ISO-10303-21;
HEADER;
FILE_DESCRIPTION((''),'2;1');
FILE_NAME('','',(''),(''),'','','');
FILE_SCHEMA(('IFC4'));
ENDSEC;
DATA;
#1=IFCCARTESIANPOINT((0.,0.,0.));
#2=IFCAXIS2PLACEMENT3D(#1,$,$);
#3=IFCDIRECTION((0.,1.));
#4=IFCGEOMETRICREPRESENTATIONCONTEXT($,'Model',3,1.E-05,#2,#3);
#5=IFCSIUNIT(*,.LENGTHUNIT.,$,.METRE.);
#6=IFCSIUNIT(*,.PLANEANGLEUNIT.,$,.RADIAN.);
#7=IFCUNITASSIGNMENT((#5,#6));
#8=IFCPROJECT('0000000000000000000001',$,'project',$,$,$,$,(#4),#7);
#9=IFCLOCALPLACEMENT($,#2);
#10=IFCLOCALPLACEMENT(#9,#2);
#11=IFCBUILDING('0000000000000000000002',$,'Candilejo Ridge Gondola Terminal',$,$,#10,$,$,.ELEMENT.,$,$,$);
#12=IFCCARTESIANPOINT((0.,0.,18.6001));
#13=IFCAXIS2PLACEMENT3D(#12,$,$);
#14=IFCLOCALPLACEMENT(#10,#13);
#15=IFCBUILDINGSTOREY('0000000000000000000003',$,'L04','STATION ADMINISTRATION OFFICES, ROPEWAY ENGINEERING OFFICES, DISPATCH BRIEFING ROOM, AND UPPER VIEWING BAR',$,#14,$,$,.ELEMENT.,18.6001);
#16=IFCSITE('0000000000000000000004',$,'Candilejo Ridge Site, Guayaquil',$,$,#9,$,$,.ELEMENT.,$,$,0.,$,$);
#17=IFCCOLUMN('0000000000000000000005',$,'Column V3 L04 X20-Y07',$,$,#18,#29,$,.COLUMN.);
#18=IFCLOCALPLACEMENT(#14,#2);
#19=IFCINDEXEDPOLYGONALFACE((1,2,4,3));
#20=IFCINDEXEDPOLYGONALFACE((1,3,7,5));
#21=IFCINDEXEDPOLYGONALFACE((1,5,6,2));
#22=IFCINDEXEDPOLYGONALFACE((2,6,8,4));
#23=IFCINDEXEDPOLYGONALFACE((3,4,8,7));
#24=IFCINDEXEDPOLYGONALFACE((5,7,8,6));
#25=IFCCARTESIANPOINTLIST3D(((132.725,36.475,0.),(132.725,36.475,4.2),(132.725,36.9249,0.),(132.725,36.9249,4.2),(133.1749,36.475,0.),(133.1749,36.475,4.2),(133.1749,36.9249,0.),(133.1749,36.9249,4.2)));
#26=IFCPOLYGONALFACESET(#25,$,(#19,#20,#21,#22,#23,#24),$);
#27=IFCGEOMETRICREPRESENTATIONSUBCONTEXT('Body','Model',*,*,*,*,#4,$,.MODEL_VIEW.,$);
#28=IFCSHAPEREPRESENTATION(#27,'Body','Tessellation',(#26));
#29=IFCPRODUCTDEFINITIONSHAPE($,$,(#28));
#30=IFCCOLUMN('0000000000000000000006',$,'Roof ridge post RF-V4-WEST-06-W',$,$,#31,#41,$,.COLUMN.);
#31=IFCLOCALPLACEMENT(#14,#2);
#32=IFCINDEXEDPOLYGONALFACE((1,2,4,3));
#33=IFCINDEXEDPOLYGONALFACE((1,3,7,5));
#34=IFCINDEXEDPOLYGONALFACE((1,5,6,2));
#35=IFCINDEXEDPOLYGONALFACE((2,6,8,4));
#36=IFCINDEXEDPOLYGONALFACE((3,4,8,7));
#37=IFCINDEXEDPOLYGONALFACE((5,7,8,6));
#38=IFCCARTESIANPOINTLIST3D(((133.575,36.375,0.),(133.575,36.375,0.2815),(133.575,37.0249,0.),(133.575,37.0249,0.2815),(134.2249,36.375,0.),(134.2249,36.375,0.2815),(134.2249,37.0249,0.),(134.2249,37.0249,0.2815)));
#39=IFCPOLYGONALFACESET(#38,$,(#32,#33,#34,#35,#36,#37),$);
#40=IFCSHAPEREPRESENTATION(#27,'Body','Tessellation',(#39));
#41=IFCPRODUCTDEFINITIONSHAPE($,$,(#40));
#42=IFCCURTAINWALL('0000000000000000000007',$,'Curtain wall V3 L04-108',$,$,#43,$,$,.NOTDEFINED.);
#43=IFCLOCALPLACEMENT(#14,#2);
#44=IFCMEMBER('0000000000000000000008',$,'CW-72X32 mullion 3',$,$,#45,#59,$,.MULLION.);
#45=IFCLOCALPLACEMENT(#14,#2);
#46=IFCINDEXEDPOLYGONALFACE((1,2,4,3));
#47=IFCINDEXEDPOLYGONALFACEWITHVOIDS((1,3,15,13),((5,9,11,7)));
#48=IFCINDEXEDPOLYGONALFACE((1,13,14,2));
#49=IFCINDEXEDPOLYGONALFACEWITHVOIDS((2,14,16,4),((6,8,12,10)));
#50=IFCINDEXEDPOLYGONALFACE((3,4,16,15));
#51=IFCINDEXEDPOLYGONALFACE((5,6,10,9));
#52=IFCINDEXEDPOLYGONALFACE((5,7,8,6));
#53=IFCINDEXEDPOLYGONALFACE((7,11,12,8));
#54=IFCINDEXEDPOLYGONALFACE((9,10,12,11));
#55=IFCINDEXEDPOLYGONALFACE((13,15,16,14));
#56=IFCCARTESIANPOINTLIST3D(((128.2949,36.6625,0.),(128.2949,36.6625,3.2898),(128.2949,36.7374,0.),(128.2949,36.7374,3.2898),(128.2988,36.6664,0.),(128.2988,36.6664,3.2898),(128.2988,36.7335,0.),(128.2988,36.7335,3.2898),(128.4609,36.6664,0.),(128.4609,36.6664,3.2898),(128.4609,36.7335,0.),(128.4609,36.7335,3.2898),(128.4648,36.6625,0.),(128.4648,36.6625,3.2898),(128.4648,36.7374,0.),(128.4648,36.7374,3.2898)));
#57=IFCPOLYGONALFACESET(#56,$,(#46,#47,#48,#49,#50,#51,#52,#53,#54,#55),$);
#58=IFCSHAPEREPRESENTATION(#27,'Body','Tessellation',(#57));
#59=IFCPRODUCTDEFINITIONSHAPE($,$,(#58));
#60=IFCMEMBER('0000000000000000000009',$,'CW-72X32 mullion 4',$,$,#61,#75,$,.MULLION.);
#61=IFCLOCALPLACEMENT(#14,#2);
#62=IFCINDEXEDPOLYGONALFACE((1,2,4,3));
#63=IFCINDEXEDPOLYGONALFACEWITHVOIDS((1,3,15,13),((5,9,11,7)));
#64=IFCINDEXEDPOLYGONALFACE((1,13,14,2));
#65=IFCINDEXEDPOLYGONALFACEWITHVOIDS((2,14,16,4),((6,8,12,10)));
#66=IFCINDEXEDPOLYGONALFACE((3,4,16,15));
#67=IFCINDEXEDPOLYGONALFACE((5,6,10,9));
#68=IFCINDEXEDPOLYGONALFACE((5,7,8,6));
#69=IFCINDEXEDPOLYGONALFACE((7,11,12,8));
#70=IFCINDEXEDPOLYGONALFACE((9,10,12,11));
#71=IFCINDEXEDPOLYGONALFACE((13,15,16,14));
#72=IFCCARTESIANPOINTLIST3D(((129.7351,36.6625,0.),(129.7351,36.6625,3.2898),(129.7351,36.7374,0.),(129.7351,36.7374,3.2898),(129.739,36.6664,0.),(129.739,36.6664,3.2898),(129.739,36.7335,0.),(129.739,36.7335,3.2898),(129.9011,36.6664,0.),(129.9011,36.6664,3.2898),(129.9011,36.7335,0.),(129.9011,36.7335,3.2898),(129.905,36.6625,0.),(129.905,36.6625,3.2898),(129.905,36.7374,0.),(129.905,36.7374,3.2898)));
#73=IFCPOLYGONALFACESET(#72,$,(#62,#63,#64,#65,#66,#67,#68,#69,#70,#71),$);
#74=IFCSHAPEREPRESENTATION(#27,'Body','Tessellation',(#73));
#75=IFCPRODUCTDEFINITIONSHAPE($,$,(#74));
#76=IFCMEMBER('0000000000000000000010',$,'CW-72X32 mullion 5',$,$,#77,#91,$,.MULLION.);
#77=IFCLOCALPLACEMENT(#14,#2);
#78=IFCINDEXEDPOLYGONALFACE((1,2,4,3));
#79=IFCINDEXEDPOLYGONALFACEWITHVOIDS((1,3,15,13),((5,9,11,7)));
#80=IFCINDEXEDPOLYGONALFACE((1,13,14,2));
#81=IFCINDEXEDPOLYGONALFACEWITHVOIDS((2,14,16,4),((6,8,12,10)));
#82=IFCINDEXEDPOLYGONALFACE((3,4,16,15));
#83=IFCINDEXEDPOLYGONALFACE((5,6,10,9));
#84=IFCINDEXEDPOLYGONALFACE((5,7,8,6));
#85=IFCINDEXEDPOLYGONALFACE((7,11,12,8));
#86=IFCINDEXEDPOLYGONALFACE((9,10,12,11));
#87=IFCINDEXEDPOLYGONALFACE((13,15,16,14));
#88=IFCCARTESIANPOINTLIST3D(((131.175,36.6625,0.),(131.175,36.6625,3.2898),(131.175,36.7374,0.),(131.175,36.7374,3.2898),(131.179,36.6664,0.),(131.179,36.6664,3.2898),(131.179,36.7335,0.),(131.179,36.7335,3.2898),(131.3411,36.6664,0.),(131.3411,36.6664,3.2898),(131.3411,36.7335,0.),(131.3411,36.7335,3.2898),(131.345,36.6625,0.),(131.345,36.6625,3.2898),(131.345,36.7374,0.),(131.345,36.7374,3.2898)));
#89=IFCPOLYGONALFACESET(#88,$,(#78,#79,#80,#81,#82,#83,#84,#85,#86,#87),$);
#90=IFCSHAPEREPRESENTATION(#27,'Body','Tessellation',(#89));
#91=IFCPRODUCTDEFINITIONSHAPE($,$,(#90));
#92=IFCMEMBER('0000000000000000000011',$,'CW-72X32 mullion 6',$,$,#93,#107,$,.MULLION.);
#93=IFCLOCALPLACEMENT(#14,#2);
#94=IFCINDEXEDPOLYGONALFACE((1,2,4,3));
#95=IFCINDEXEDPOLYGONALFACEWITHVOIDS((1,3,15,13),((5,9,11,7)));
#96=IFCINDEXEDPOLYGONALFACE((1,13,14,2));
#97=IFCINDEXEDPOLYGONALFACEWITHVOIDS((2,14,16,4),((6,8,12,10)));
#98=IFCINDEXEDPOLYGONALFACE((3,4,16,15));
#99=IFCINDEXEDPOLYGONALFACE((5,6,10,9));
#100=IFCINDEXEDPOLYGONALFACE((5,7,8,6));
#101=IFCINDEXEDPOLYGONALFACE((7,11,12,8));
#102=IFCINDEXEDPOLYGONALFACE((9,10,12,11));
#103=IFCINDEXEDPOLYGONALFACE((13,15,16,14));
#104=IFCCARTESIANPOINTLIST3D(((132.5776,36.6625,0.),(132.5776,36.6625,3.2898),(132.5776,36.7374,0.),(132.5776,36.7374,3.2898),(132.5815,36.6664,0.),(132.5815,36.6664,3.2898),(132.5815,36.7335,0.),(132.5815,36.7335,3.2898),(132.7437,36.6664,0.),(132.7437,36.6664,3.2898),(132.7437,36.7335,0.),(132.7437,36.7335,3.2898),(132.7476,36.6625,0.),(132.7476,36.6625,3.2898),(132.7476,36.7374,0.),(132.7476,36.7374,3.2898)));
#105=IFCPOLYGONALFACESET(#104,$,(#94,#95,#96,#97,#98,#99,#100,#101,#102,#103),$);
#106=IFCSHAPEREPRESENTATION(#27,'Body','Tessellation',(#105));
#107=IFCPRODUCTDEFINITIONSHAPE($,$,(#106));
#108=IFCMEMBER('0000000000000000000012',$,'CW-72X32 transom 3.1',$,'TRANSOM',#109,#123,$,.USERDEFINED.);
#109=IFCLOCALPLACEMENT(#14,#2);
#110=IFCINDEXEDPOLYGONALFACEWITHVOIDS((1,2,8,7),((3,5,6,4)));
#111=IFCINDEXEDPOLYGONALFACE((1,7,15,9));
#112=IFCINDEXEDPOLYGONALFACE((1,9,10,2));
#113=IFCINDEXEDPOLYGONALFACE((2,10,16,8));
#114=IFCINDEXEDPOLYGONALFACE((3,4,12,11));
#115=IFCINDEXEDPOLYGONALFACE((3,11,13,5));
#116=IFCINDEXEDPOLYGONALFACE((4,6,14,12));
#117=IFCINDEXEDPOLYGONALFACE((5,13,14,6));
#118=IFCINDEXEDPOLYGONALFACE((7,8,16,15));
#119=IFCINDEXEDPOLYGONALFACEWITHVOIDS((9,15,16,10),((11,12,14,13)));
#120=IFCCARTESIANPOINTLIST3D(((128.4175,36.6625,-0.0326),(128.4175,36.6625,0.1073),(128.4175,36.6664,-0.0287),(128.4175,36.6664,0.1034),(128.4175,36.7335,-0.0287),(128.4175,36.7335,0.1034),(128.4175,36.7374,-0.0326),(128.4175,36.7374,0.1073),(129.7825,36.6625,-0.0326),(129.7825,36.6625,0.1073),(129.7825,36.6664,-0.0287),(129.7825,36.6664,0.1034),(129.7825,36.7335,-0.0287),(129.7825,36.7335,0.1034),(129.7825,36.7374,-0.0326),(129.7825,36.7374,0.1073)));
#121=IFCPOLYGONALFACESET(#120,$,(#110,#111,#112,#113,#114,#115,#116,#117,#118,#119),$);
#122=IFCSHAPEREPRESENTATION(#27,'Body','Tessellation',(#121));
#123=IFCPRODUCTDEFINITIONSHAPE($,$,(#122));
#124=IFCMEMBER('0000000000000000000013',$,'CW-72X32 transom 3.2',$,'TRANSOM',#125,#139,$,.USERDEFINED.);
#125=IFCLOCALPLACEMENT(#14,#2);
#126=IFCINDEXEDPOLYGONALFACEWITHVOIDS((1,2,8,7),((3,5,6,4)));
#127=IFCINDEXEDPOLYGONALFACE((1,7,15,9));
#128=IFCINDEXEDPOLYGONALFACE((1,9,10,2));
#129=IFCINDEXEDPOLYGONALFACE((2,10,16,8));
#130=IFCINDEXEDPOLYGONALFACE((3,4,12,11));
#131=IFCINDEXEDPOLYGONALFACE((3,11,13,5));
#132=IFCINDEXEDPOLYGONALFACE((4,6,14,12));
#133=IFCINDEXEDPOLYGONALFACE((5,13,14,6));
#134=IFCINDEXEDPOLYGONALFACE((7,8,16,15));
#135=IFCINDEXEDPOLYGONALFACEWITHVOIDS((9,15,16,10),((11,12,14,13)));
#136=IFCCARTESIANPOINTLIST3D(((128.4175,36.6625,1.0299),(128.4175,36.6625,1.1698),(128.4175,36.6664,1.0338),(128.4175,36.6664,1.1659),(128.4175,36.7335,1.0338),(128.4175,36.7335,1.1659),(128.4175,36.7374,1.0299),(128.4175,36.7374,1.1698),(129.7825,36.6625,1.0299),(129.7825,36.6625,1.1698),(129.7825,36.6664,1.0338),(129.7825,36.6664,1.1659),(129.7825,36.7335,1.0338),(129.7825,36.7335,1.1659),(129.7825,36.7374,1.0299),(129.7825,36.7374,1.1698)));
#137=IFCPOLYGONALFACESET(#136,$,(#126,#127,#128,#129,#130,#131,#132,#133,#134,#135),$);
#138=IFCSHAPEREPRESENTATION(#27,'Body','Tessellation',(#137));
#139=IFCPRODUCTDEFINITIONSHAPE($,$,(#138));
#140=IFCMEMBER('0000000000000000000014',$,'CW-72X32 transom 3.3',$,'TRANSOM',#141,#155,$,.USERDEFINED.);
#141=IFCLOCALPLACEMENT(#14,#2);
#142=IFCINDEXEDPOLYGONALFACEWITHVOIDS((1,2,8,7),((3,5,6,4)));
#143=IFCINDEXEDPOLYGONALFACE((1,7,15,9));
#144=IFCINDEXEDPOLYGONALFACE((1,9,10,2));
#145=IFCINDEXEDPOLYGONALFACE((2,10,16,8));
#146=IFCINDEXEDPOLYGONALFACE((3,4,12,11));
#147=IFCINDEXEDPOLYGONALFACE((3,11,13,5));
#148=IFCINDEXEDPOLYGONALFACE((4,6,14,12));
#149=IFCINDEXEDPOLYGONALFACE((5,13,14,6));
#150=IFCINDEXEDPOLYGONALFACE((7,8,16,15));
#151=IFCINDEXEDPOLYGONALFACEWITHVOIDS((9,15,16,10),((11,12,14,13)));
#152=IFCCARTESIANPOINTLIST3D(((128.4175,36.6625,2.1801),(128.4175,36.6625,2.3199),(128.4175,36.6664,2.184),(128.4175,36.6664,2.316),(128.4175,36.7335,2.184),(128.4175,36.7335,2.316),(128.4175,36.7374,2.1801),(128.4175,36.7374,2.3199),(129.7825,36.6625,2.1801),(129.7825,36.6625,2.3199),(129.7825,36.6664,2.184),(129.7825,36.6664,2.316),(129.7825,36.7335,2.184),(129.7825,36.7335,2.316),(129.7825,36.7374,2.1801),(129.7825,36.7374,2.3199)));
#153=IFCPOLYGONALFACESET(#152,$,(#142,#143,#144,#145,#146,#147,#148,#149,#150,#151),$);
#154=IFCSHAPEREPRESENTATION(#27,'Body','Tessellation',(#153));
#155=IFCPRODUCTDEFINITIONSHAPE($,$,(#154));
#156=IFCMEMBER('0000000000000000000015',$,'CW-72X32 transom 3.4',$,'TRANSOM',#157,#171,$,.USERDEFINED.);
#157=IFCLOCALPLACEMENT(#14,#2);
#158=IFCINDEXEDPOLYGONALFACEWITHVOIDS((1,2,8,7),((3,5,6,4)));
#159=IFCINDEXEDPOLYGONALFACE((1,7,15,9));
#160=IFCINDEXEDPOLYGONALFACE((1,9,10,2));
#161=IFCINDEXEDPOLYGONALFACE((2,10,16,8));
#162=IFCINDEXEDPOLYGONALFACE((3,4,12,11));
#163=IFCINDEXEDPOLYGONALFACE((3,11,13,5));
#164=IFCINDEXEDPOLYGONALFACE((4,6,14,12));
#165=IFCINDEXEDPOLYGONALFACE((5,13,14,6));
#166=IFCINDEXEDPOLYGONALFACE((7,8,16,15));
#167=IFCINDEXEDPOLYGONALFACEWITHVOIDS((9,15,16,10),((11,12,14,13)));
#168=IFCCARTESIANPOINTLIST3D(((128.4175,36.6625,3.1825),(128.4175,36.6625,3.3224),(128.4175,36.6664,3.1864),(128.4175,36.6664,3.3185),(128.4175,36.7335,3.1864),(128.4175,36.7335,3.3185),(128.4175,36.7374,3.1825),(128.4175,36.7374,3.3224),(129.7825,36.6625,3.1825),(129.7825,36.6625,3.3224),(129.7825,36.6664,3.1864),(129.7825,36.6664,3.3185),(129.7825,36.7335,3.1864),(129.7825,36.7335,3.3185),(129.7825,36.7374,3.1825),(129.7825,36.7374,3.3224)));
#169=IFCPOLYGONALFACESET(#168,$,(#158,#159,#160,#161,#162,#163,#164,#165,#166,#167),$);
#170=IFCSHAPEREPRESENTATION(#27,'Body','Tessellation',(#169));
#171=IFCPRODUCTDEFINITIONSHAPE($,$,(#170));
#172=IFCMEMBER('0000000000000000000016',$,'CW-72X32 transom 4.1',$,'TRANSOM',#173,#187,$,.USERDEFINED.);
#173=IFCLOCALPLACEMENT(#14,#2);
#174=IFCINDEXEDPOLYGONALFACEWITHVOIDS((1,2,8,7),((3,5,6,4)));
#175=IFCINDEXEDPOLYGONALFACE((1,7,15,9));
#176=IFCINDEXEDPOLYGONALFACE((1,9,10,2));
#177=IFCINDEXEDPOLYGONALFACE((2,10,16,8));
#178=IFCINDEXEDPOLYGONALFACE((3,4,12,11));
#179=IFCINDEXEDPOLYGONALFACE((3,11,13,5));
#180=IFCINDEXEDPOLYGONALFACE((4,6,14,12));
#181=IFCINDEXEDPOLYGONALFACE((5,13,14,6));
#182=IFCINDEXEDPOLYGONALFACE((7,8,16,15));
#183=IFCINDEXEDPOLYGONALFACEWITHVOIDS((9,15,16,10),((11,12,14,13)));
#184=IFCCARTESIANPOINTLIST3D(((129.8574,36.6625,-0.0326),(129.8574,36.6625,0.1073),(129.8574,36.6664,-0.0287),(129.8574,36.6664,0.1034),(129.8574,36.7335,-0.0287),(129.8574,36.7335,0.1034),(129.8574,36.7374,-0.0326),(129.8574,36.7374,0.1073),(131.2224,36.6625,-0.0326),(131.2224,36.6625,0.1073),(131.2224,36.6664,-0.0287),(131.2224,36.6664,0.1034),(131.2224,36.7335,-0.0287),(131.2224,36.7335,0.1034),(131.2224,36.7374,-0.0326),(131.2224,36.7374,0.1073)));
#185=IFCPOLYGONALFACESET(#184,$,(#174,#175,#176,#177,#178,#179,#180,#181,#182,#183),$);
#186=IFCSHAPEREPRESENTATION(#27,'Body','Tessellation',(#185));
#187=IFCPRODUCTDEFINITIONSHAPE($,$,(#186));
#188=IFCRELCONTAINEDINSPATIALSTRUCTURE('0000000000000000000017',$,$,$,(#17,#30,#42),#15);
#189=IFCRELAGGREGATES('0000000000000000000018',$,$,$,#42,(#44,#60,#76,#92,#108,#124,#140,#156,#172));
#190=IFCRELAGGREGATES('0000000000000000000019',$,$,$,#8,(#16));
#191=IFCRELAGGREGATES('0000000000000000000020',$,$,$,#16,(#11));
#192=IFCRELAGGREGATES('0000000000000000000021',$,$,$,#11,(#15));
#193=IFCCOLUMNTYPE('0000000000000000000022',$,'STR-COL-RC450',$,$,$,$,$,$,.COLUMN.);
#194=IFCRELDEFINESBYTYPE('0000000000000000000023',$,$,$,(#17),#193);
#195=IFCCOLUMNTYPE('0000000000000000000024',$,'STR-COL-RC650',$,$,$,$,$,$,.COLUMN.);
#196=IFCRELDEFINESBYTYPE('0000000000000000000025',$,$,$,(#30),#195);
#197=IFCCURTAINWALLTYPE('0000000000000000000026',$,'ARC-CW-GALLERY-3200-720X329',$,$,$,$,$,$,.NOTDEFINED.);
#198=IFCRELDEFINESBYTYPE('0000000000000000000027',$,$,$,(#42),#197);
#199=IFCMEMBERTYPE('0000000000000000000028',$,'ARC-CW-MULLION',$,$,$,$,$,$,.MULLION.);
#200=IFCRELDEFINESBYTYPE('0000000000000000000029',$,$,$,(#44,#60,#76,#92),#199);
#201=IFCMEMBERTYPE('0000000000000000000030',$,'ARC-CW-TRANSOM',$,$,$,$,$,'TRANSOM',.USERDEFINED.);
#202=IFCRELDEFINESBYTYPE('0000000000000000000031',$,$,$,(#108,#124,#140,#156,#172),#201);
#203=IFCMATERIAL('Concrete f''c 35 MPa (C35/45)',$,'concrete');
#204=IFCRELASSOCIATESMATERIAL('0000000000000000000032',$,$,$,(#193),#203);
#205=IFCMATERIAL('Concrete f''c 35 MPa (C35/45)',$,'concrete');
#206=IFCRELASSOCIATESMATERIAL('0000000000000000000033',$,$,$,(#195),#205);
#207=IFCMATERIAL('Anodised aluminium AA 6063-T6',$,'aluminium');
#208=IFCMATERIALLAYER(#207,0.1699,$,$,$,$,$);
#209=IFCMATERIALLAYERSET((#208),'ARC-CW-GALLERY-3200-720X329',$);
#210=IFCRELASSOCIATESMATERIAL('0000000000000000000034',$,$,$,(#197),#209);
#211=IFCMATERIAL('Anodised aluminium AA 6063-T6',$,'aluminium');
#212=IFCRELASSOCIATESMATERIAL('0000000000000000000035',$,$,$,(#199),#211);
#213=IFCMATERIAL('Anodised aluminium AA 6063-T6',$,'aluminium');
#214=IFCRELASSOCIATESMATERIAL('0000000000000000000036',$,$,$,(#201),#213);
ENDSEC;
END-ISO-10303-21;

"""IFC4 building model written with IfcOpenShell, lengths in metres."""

from ifc_helpers import new_model, si_unit, direction, frame, origin, origin_2d, place, context, subcontext, project, spatial, rectangle, hollow_rectangle, extrude, material, layer, layer_set, material_profile, profile_set, type_object, element, aggregate, save


model = new_model("IFC4")

# Units and contexts
model_context = context("Model", 3, precision=1e-05, world=origin(), true_north=direction((0.0, 1.0)))
body_context = subcontext(model_context, "Body", "Model", "MODEL_VIEW")
ifc_project = project(units=[si_unit("LENGTHUNIT", "METRE"), si_unit("PLANEANGLEUNIT", "RADIAN")], contexts=[model_context])

# Site, building, storey
site_placement = place(None, origin())
site = spatial("IfcSite", under=ifc_project, at=site_placement, Name="Candilejo Ridge Site, Guayaquil", CompositionType="ELEMENT", RefElevation=0.0)
building_placement = place(site_placement, origin())
building = spatial("IfcBuilding", under=site, at=building_placement, Name="Candilejo Ridge Gondola Terminal", CompositionType="ELEMENT")
storey_placement = place(building_placement, frame((0.0, 0.0, 18.6001)))
storey = spatial("IfcBuildingStorey", under=building, at=storey_placement, Name="L04", Description="STATION ADMINISTRATION OFFICES, ROPEWAY ENGINEERING OFFICES, DISPATCH BRIEFING ROOM, AND UPPER VIEWING BAR", CompositionType="ELEMENT", Elevation=18.6001)

# Columns
ifc_material_1 = material(Name="Concrete f'c 35 MPa (C35/45)", Category="concrete")
ifc_material_profile_1 = material_profile(ifc_material_1, rectangle(XDim=0.45, YDim=0.45, at=origin_2d()))
ifc_profile_set_1 = profile_set([ifc_material_profile_1], Name="Concrete f'c 35 MPa (C35/45)")
column_type_1 = type_object("IfcColumnType", Name="STR-COL-RC450", PredefinedType="COLUMN", material=ifc_profile_set_1)
column_1_placement = place(storey_placement, frame((132.95, 36.7, 0.0), z_axis=(0.0, 0.0, 1.0), x_axis=(1.0, 0.0, 0.0)))
element("IfcColumn", 1, at=column_1_placement, inside=storey, type_object=column_type_1, Name="Column V3 L04 X20-Y07", PredefinedType="COLUMN", context=body_context, shape_type="SweptSolid", body=[
    extrude(rectangle(XDim=0.45, YDim=0.45, at=origin_2d()), origin(), (0.0, 0.0, 1.0), 4.2),
])
ifc_material_2 = material(Name="Concrete f'c 35 MPa (C35/45)", Category="concrete")
ifc_material_profile_2 = material_profile(ifc_material_2, rectangle(XDim=0.6499, YDim=0.6499, at=origin_2d()))
ifc_profile_set_2 = profile_set([ifc_material_profile_2], Name="Concrete f'c 35 MPa (C35/45)")
column_type_2 = type_object("IfcColumnType", Name="STR-COL-RC650", PredefinedType="COLUMN", material=ifc_profile_set_2)
column_2_placement = place(storey_placement, frame((133.8999, 36.7, 0.0), z_axis=(0.0, 0.0, 1.0), x_axis=(1.0, 0.0, 0.0)))
element("IfcColumn", 2, at=column_2_placement, inside=storey, type_object=column_type_2, Name="Roof ridge post RF-V4-WEST-06-W", PredefinedType="COLUMN", context=body_context, shape_type="SweptSolid", body=[
    extrude(rectangle(XDim=0.6499, YDim=0.6499, at=origin_2d()), origin(), (0.0, 0.0, 1.0), 0.2815),
])

# Curtain wall, members
ifc_material_3 = material(Name="Anodised aluminium AA 6063-T6", Category="aluminium")
ifc_layer_1 = layer(ifc_material_3, 0.1699)
ifc_layer_set_1 = layer_set([ifc_layer_1], Name="ARC-CW-GALLERY-3200-720X329")
curtain_wall_type = type_object("IfcCurtainWallType", Name="ARC-CW-GALLERY-3200-720X329", PredefinedType="NOTDEFINED", material=ifc_layer_set_1)
curtain_wall_placement = place(storey_placement, origin())
curtain_wall = element("IfcCurtainWall", 3, at=curtain_wall_placement, inside=storey, type_object=curtain_wall_type, Name="Curtain wall V3 L04-108", PredefinedType="NOTDEFINED")
ifc_material_4 = material(Name="Anodised aluminium AA 6063-T6", Category="aluminium")
ifc_material_profile_3 = material_profile(ifc_material_4, hollow_rectangle(XDim=0.075, YDim=0.1699, WallThickness=0.0039, at=origin_2d()))
ifc_profile_set_3 = profile_set([ifc_material_profile_3], Name="Anodised aluminium AA 6063-T6")
member_type_1 = type_object("IfcMemberType", Name="ARC-CW-MULLION", PredefinedType="MULLION", material=ifc_profile_set_3)
member_1_placement = place(storey_placement, frame((128.3799, 36.7, 0.0), z_axis=(0.0, 0.0, 1.0), x_axis=(0.0, 1.0, 0.0)))
member_1 = element("IfcMember", 4, at=member_1_placement, type_object=member_type_1, Name="CW-72X32 mullion 3", PredefinedType="MULLION", context=body_context, shape_type="SweptSolid", body=[
    extrude(hollow_rectangle(XDim=0.075, YDim=0.1699, WallThickness=0.0039, at=origin_2d()), origin(), (0.0, 0.0, 1.0), 3.2898),
])
member_2_placement = place(storey_placement, frame((129.8201, 36.7, 0.0), z_axis=(0.0, 0.0, 1.0), x_axis=(0.0, 1.0, 0.0)))
member_2 = element("IfcMember", 5, at=member_2_placement, type_object=member_type_1, Name="CW-72X32 mullion 4", PredefinedType="MULLION", context=body_context, shape_type="SweptSolid", body=[
    extrude(hollow_rectangle(XDim=0.075, YDim=0.1699, WallThickness=0.0039, at=origin_2d()), origin(), (0.0, 0.0, 1.0), 3.2898),
])
member_3_placement = place(storey_placement, frame((131.26, 36.7, 0.0), z_axis=(0.0, 0.0, 1.0), x_axis=(0.0, 1.0, 0.0)))
member_3 = element("IfcMember", 6, at=member_3_placement, type_object=member_type_1, Name="CW-72X32 mullion 5", PredefinedType="MULLION", context=body_context, shape_type="SweptSolid", body=[
    extrude(hollow_rectangle(XDim=0.075, YDim=0.1699, WallThickness=0.0039, at=origin_2d()), origin(), (0.0, 0.0, 1.0), 3.2898),
])
member_4_placement = place(storey_placement, frame((132.6626, 36.7, 0.0), z_axis=(0.0, 0.0, 1.0), x_axis=(0.0, 1.0, 0.0)))
member_4 = element("IfcMember", 7, at=member_4_placement, type_object=member_type_1, Name="CW-72X32 mullion 6", PredefinedType="MULLION", context=body_context, shape_type="SweptSolid", body=[
    extrude(hollow_rectangle(XDim=0.075, YDim=0.1699, WallThickness=0.0039, at=origin_2d()), origin(), (0.0, 0.0, 1.0), 3.2898),
])
ifc_material_5 = material(Name="Anodised aluminium AA 6063-T6", Category="aluminium")
ifc_material_profile_4 = material_profile(ifc_material_5, hollow_rectangle(XDim=0.075, YDim=0.1399, WallThickness=0.0039, at=origin_2d()))
ifc_profile_set_4 = profile_set([ifc_material_profile_4], Name="Anodised aluminium AA 6063-T6")
member_type_2 = type_object("IfcMemberType", Name="ARC-CW-TRANSOM", ElementType="TRANSOM", PredefinedType="USERDEFINED", material=ifc_profile_set_4)
member_5_placement = place(storey_placement, frame((128.4175, 36.7, 0.0374), z_axis=(1.0, 0.0, 0.0), x_axis=(0.0, 1.0, 0.0)))
member_5 = element("IfcMember", 8, at=member_5_placement, type_object=member_type_2, Name="CW-72X32 transom 3.1", ObjectType="TRANSOM", PredefinedType="USERDEFINED", context=body_context, shape_type="SweptSolid", body=[
    extrude(hollow_rectangle(XDim=0.075, YDim=0.1399, WallThickness=0.0039, at=origin_2d()), origin(), (0.0, 0.0, 1.0), 1.365),
])
member_6_placement = place(storey_placement, frame((128.4175, 36.7, 1.0999), z_axis=(1.0, 0.0, 0.0), x_axis=(0.0, 1.0, 0.0)))
member_6 = element("IfcMember", 9, at=member_6_placement, type_object=member_type_2, Name="CW-72X32 transom 3.2", ObjectType="TRANSOM", PredefinedType="USERDEFINED", context=body_context, shape_type="SweptSolid", body=[
    extrude(hollow_rectangle(XDim=0.075, YDim=0.1399, WallThickness=0.0039, at=origin_2d()), origin(), (0.0, 0.0, 1.0), 1.365),
])
member_7_placement = place(storey_placement, frame((128.4175, 36.7, 2.25), z_axis=(1.0, 0.0, 0.0), x_axis=(0.0, 1.0, 0.0)))
member_7 = element("IfcMember", 10, at=member_7_placement, type_object=member_type_2, Name="CW-72X32 transom 3.3", ObjectType="TRANSOM", PredefinedType="USERDEFINED", context=body_context, shape_type="SweptSolid", body=[
    extrude(hollow_rectangle(XDim=0.075, YDim=0.1399, WallThickness=0.0039, at=origin_2d()), origin(), (0.0, 0.0, 1.0), 1.365),
])
member_8_placement = place(storey_placement, frame((128.4175, 36.7, 3.2524), z_axis=(1.0, 0.0, 0.0), x_axis=(0.0, 1.0, 0.0)))
member_8 = element("IfcMember", 11, at=member_8_placement, type_object=member_type_2, Name="CW-72X32 transom 3.4", ObjectType="TRANSOM", PredefinedType="USERDEFINED", context=body_context, shape_type="SweptSolid", body=[
    extrude(hollow_rectangle(XDim=0.075, YDim=0.1399, WallThickness=0.0039, at=origin_2d()), origin(), (0.0, 0.0, 1.0), 1.365),
])
member_9_placement = place(storey_placement, frame((129.8574, 36.7, 0.0374), z_axis=(1.0, 0.0, 0.0), x_axis=(0.0, 1.0, 0.0)))
member_9 = element("IfcMember", 12, at=member_9_placement, type_object=member_type_2, Name="CW-72X32 transom 4.1", ObjectType="TRANSOM", PredefinedType="USERDEFINED", context=body_context, shape_type="SweptSolid", body=[
    extrude(hollow_rectangle(XDim=0.075, YDim=0.1399, WallThickness=0.0039, at=origin_2d()), origin(), (0.0, 0.0, 1.0), 1.365),
])
aggregate(curtain_wall, [member_1, member_2, member_3, member_4, member_5, member_6, member_7, member_8, member_9])

save(model, "model.ifc")
